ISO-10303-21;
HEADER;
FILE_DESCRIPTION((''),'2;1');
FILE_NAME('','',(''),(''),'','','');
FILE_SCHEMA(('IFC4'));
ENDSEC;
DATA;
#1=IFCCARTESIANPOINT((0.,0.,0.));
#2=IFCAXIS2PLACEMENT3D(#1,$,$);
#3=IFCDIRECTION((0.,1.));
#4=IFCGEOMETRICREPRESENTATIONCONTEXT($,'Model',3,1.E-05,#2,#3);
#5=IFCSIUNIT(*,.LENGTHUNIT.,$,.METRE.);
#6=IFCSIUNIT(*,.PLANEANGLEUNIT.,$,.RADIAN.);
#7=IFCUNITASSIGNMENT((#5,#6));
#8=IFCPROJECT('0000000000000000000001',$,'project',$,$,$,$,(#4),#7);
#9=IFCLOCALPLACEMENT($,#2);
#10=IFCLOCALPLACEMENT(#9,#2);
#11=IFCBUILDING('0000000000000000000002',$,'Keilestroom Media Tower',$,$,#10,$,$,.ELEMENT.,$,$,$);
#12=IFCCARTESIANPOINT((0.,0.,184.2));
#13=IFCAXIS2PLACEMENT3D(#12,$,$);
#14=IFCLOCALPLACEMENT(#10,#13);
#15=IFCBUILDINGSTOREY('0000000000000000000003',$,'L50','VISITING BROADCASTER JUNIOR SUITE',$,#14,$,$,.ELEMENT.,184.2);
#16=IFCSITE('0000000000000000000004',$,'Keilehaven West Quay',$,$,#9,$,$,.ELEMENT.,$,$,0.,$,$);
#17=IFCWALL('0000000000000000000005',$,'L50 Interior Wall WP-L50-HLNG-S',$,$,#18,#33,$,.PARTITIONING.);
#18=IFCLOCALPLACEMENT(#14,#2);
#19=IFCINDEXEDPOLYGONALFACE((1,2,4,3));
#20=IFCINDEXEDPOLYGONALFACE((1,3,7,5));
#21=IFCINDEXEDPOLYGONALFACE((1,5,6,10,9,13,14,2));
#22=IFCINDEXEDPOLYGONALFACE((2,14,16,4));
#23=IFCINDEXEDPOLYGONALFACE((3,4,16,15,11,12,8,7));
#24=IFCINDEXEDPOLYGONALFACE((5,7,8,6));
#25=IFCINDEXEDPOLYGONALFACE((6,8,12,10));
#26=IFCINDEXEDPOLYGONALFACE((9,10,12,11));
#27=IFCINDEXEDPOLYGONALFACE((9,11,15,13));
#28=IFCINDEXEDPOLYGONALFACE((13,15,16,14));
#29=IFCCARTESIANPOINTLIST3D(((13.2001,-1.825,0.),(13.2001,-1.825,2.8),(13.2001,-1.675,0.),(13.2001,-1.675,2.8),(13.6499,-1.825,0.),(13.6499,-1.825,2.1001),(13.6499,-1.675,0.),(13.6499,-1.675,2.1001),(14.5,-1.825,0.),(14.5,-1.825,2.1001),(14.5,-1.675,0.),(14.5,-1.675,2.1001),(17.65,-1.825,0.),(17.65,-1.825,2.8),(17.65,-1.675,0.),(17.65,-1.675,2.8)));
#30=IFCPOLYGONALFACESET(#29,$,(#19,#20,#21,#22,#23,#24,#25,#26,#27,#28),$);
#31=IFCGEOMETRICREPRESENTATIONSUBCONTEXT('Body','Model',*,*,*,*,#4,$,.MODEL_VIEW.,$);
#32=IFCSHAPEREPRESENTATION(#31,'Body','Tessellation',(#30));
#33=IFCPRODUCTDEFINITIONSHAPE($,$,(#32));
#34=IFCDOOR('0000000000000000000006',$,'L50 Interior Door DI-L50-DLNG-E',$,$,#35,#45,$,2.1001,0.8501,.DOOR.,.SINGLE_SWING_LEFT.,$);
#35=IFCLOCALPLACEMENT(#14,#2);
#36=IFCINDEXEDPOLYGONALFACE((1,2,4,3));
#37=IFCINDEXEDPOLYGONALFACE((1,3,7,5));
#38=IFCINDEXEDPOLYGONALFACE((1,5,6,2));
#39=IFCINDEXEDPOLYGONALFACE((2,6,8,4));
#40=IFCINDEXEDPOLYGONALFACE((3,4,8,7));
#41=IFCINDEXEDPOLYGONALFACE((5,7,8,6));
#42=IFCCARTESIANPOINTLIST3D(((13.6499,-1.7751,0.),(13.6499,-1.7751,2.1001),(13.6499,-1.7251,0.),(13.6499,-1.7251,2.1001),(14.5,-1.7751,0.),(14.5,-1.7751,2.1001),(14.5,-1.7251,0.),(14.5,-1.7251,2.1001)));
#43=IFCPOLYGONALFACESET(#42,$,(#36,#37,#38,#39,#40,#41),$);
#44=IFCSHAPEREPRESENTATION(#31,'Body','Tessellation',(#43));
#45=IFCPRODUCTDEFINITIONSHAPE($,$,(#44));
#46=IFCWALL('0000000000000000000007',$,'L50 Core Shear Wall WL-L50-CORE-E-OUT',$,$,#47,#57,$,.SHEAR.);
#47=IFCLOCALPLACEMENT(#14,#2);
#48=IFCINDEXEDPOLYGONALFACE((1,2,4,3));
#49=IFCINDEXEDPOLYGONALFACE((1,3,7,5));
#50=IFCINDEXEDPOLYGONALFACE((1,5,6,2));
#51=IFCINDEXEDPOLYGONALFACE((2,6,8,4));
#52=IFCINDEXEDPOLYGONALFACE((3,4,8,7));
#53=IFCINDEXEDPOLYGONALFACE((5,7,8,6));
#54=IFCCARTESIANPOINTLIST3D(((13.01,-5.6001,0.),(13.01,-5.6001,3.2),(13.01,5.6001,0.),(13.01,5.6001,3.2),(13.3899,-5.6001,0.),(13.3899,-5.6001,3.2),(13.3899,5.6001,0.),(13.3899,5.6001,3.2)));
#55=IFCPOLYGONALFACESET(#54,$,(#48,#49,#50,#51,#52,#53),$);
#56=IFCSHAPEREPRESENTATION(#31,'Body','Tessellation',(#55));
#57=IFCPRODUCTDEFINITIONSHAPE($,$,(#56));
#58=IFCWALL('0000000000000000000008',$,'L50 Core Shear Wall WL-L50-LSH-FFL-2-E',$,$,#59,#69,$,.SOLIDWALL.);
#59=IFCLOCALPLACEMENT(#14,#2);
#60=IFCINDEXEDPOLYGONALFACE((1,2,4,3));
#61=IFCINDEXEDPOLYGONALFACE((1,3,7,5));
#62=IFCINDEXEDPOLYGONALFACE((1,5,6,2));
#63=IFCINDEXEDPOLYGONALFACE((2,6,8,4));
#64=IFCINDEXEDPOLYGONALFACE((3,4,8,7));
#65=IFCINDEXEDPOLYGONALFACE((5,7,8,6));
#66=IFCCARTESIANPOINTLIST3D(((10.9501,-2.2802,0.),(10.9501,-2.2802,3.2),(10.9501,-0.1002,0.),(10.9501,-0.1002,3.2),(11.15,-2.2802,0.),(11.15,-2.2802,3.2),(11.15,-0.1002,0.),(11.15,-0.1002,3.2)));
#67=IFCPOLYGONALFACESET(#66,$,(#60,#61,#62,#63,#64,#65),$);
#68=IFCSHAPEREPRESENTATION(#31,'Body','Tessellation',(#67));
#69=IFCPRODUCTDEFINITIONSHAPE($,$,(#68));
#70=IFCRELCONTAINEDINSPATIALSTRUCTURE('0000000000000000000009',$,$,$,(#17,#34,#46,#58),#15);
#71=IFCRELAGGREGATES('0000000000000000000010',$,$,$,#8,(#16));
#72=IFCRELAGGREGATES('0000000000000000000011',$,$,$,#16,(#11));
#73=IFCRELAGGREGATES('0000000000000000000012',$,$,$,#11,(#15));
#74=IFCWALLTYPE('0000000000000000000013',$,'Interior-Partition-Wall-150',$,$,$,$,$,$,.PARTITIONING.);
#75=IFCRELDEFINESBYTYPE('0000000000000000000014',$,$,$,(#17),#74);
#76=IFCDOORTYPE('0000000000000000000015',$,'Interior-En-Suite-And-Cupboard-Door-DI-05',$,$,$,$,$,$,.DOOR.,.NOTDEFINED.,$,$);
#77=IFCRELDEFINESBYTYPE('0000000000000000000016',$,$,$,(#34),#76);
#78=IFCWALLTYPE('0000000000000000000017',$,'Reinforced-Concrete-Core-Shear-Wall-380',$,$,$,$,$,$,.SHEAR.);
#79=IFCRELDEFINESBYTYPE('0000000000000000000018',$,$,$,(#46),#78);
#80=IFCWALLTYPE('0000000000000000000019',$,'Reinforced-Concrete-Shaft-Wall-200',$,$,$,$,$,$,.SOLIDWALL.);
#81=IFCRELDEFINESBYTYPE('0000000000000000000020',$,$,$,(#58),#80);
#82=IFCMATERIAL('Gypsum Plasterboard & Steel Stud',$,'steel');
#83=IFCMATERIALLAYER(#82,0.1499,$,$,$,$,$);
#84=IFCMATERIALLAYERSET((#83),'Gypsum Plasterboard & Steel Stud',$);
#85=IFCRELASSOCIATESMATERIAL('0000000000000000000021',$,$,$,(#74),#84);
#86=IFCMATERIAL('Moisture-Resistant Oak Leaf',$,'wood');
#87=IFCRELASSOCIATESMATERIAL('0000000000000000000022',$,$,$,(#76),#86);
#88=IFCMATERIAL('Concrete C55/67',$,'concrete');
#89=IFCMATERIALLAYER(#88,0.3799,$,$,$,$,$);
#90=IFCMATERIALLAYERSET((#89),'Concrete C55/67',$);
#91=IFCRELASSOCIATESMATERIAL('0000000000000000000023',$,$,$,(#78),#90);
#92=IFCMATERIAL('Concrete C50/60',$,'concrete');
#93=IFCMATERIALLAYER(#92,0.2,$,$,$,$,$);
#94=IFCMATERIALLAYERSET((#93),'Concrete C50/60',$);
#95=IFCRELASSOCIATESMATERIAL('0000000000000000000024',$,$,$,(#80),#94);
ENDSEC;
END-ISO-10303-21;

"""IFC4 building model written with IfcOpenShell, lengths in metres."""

from ifc_helpers import new_model, si_unit, direction, frame, frame_2d, origin, place, context, subcontext, project, spatial, rectangle, extrude, source, transform, mapped, material, layer, layer_set, type_object, element, fill, save


model = new_model("IFC4")

# Units and contexts
model_context = context("Model", 3, precision=1e-05, world=origin(), true_north=direction((0.0, 1.0)))
body_context = subcontext(model_context, "Body", "Model", "MODEL_VIEW")
ifc_project = project(units=[si_unit("LENGTHUNIT", "METRE"), si_unit("PLANEANGLEUNIT", "RADIAN")], contexts=[model_context])

# Site, building, storey
site_placement = place(None, origin())
site = spatial("IfcSite", under=ifc_project, at=site_placement, Name="Keilehaven West Quay", CompositionType="ELEMENT", RefElevation=0.0)
building_placement = place(site_placement, origin())
building = spatial("IfcBuilding", under=site, at=building_placement, Name="Keilestroom Media Tower", CompositionType="ELEMENT")
storey_placement = place(building_placement, frame((0.0, 0.0, 184.2)))
storey = spatial("IfcBuildingStorey", under=building, at=storey_placement, Name="L50", Description="VISITING BROADCASTER JUNIOR SUITE", CompositionType="ELEMENT", Elevation=184.2)

# Shared definitions
ifc_material_1 = material(Name="Concrete C55/67", Category="concrete")

# Shared definitions
ifc_material_2 = material(Name="Gypsum Plasterboard & Steel Stud", Category="steel")
ifc_layer_1 = layer(ifc_material_2, 0.1499)
ifc_layer_set_1 = layer_set([ifc_layer_1], Name="Gypsum Plasterboard & Steel Stud")
wall_type_1 = type_object("IfcWallType", Name="Interior-Partition-Wall-150", PredefinedType="PARTITIONING", material=ifc_layer_set_1)

# Wall, opening, door
ifc_material_3 = material(Name="Moisture-Resistant Oak Leaf", Category="wood")
door_type = type_object("IfcDoorType", Name="Interior-En-Suite-And-Cupboard-Door-DI-05", OperationType="NOTDEFINED", PredefinedType="DOOR", material=ifc_material_3)
shared_shape_1 = source(origin(), body_context, "Body", "SweptSolid", [
    extrude(rectangle(XDim=0.8501, YDim=2.1001, at=frame_2d((0.425, 1.05))), frame((0.0, 0.0249, 0.0), z_axis=(0.0, -1.0, 0.0), x_axis=(1.0, 0.0, 0.0)), (0.0, 0.0, 1.0), 0.05),
])
wall_1_placement = place(storey_placement, frame((13.2, -1.75, 0.0), z_axis=(0.0, 0.0, 1.0), x_axis=(1.0, 0.0, 0.0)))
wall_1 = element("IfcWall", 1, at=wall_1_placement, inside=storey, type_object=wall_type_1, Name="L50 Interior Wall WP-L50-HLNG-S", PredefinedType="PARTITIONING", context=body_context, shape_type="SweptSolid", body=[
    extrude(rectangle(XDim=4.45, YDim=0.1499, at=frame_2d((2.2251, 0.0))), origin(), (0.0, 0.0, 1.0), 2.8),
])
opening_1_placement = place(wall_1_placement, frame((0.45, 0.0, 0.0)))
opening_1 = element("IfcOpeningElement", 2, at=opening_1_placement, cuts=wall_1, PredefinedType="OPENING", context=body_context, shape_type="SweptSolid", body=[
    extrude(rectangle(XDim=0.8501, YDim=2.1001, at=frame_2d((0.425, 1.05))), frame((0.0, 0.085, 0.0), z_axis=(0.0, -1.0, 0.0), x_axis=(1.0, 0.0, 0.0)), (0.0, 0.0, 1.0), 0.1699),
])
door_1_placement = place(opening_1_placement, origin())
door_1 = element("IfcDoor", 3, at=door_1_placement, inside=storey, type_object=door_type, Name="L50 Interior Door DI-L50-DLNG-E", OperationType="SINGLE_SWING_LEFT", OverallHeight=2.1001, OverallWidth=0.8501, PredefinedType="DOOR", context=body_context, shape_type="MappedRepresentation", body=[
    mapped(shared_shape_1, transform((0.0, 0.0, 0.0), x_axis=(1.0, 0.0, 0.0), y_axis=(0.0, 1.0, 0.0), z_axis=(0.0, 0.0, 1.0), scale=1.0)),
])
fill(opening_1, door_1)

# Walls
ifc_layer_2 = layer(ifc_material_1, 0.3799)
ifc_layer_set_2 = layer_set([ifc_layer_2], Name="Concrete C55/67")
wall_type_2 = type_object("IfcWallType", Name="Reinforced-Concrete-Core-Shear-Wall-380", PredefinedType="SHEAR", material=ifc_layer_set_2)
wall_2_placement = place(storey_placement, frame((13.2, -5.6001, 0.0), z_axis=(0.0, 0.0, 1.0), x_axis=(0.0, 1.0, 0.0)))
element("IfcWall", 4, at=wall_2_placement, inside=storey, type_object=wall_type_2, Name="L50 Core Shear Wall WL-L50-CORE-E-OUT", PredefinedType="SHEAR", context=body_context, shape_type="SweptSolid", body=[
    extrude(rectangle(XDim=11.2002, YDim=0.3799, at=frame_2d((5.6001, 0.0))), origin(), (0.0, 0.0, 1.0), 3.2),
])
ifc_material_4 = material(Name="Concrete C50/60", Category="concrete")
ifc_layer_3 = layer(ifc_material_4, 0.2)
ifc_layer_set_3 = layer_set([ifc_layer_3], Name="Concrete C50/60")
wall_type_3 = type_object("IfcWallType", Name="Reinforced-Concrete-Shaft-Wall-200", PredefinedType="SOLIDWALL", material=ifc_layer_set_3)
wall_3_placement = place(storey_placement, frame((11.05, -2.28, 0.0), z_axis=(0.0, 0.0, 1.0), x_axis=(0.0, 1.0, 0.0)))
element("IfcWall", 5, at=wall_3_placement, inside=storey, type_object=wall_type_3, Name="L50 Core Shear Wall WL-L50-LSH-FFL-2-E", PredefinedType="SOLIDWALL", context=body_context, shape_type="SweptSolid", body=[
    extrude(rectangle(XDim=2.1799, YDim=0.2, at=frame_2d((1.0898, 0.0))), origin(), (0.0, 0.0, 1.0), 3.2),
])

save(model, "model.ifc")
